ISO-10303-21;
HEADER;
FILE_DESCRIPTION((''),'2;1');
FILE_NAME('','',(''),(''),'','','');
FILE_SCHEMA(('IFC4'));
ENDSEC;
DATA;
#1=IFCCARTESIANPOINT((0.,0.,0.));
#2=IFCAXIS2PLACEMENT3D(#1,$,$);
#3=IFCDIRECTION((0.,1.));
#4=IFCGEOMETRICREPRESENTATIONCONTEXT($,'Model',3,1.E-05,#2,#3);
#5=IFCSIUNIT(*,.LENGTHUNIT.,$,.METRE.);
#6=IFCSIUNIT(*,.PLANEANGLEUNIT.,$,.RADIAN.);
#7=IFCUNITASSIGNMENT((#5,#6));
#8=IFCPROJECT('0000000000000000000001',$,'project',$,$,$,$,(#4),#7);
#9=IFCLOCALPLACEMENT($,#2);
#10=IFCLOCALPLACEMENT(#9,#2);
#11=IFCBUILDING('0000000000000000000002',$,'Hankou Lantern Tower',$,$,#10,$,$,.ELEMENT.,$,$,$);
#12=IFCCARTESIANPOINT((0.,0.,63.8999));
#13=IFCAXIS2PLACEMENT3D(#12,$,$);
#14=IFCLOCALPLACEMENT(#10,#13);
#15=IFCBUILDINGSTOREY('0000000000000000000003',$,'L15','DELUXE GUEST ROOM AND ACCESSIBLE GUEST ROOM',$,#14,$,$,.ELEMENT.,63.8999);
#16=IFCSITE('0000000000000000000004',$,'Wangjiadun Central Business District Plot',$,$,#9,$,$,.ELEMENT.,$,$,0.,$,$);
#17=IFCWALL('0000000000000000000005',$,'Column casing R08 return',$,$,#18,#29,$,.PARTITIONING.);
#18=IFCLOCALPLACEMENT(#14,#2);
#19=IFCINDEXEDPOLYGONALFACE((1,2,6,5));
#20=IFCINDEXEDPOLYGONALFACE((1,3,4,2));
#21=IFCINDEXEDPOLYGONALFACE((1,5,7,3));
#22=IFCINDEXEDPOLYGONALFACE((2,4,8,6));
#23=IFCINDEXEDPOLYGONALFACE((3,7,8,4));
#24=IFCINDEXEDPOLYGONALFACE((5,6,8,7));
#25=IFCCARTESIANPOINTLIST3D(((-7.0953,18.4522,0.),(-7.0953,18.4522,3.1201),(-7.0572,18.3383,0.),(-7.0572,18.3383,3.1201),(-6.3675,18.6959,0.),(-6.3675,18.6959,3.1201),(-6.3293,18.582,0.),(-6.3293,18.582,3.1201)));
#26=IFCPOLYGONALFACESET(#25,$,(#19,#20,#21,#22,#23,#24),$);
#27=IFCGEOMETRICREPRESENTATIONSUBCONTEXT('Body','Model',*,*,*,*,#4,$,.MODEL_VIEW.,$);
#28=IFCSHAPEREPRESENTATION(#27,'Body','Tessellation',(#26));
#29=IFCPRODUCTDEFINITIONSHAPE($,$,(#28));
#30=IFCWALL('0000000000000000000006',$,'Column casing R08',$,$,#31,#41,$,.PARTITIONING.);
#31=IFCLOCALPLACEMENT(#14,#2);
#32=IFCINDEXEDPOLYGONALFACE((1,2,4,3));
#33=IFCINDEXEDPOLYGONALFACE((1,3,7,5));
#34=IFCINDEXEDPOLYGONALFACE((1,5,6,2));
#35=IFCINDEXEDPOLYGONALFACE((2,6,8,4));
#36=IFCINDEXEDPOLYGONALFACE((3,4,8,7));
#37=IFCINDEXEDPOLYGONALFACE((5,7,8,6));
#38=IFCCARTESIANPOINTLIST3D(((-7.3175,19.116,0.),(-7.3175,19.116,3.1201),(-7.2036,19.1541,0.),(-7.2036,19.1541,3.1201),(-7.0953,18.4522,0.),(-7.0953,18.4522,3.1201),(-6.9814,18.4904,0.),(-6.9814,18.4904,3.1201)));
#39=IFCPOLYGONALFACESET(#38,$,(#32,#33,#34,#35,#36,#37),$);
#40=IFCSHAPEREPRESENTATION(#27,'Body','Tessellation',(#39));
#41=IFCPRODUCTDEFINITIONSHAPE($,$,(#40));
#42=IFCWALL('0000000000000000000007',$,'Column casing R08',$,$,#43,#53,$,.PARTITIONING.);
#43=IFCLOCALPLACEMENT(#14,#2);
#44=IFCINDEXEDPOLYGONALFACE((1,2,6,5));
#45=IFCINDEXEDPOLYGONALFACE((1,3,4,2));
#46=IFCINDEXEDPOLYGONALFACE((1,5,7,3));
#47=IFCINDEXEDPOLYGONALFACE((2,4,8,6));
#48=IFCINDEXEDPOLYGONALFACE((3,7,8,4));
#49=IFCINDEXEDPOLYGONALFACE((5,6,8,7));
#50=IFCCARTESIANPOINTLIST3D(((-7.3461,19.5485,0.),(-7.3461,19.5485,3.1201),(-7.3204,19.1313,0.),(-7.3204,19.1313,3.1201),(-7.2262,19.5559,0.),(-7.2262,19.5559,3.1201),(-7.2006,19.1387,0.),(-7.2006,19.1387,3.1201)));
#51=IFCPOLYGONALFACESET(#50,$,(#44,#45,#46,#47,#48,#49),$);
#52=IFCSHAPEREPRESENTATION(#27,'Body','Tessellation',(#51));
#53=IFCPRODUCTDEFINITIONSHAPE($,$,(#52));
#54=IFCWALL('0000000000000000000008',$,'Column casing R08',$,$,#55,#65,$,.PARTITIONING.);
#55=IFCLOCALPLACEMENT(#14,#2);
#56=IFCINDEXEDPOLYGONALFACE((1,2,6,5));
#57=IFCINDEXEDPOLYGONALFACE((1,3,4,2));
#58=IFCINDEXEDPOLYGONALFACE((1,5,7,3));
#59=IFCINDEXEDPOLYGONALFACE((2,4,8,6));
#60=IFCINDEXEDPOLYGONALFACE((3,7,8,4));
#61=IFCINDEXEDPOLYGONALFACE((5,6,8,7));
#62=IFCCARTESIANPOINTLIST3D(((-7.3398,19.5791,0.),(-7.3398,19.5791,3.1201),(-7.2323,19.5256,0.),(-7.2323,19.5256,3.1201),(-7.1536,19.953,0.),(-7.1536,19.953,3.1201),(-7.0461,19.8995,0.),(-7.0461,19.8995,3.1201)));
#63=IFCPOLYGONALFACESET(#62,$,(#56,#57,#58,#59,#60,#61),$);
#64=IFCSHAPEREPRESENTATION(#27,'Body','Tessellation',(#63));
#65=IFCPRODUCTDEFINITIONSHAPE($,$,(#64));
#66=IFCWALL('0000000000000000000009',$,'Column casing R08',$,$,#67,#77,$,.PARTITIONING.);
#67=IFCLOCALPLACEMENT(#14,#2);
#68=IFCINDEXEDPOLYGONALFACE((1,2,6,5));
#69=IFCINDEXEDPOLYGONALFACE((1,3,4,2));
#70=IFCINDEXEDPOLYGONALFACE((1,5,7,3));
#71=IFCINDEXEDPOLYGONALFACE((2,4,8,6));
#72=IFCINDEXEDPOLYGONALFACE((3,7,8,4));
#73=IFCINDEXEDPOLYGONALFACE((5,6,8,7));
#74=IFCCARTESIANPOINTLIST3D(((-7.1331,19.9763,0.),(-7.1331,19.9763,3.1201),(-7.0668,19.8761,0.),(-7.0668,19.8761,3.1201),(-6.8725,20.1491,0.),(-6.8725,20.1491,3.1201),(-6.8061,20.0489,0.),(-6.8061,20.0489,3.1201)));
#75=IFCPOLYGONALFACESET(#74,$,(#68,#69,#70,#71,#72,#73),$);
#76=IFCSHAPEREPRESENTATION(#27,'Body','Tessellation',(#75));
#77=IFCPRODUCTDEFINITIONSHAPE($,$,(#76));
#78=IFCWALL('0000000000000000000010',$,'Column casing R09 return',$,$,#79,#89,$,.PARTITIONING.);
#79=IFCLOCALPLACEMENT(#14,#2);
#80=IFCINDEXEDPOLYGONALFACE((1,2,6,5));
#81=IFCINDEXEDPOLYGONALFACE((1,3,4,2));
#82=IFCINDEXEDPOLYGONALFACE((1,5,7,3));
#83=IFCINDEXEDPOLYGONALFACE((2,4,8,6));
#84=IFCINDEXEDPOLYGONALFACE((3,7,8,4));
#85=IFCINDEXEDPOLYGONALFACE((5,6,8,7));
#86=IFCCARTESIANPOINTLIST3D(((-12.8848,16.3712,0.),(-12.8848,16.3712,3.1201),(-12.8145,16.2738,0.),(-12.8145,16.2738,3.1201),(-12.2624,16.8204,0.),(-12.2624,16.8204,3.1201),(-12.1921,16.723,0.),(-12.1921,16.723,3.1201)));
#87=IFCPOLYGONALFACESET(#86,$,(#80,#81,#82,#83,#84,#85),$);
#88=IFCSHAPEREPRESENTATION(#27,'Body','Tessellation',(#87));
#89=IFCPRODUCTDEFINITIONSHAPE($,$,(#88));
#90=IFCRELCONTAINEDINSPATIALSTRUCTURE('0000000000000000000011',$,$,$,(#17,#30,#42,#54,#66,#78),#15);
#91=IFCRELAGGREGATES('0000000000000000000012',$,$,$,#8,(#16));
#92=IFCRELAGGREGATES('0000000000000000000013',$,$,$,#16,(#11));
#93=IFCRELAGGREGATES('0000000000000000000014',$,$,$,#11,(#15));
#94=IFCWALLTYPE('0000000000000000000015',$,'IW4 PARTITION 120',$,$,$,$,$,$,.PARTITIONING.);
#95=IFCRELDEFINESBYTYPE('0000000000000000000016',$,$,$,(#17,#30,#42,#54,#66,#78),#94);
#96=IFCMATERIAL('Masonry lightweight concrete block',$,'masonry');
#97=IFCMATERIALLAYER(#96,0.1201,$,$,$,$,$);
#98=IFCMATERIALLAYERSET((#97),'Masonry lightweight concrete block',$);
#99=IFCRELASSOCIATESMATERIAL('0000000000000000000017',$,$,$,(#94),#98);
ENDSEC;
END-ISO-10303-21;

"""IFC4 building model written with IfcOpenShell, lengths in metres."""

from ifc_helpers import new_model, si_unit, direction, frame, frame_2d, origin, place, context, subcontext, project, spatial, rectangle, extrude, material, layer, layer_set, type_object, element, save


model = new_model("IFC4")

# Units and contexts
model_context = context("Model", 3, precision=1e-05, world=origin(), true_north=direction((0.0, 1.0)))
body_context = subcontext(model_context, "Body", "Model", "MODEL_VIEW")
ifc_project = project(units=[si_unit("LENGTHUNIT", "METRE"), si_unit("PLANEANGLEUNIT", "RADIAN")], contexts=[model_context])

# Site, building, storey
site_placement = place(None, origin())
site = spatial("IfcSite", under=ifc_project, at=site_placement, Name="Wangjiadun Central Business District Plot", CompositionType="ELEMENT", RefElevation=0.0)
building_placement = place(site_placement, origin())
building = spatial("IfcBuilding", under=site, at=building_placement, Name="Hankou Lantern Tower", CompositionType="ELEMENT")
storey_placement = place(building_placement, frame((0.0, 0.0, 63.8999)))
storey = spatial("IfcBuildingStorey", under=building, at=storey_placement, Name="L15", Description="DELUXE GUEST ROOM AND ACCESSIBLE GUEST ROOM", CompositionType="ELEMENT", Elevation=63.8999)

# Walls
ifc_material_1 = material(Name="Masonry lightweight concrete block", Category="masonry")
ifc_layer_1 = layer(ifc_material_1, 0.1201)
ifc_layer_set_1 = layer_set([ifc_layer_1], Name="Masonry lightweight concrete block")
wall_type_1 = type_object("IfcWallType", Name="IW4 PARTITION 120", PredefinedType="PARTITIONING", material=ifc_layer_set_1)
wall_1_placement = place(storey_placement, frame((-6.3484, 18.6389, 0.0), z_axis=(0.0, 0.0, 1.0), x_axis=(-0.948269, -0.317468, 0.0)))
element("IfcWall", 1, at=wall_1_placement, inside=storey, type_object=wall_type_1, Name="Column casing R08 return", PredefinedType="PARTITIONING", context=body_context, shape_type="SweptSolid", body=[
    extrude(rectangle(XDim=0.7676, YDim=0.1201, at=frame_2d((0.3838, 0.0))), origin(), (0.0, 0.0, 1.0), 3.1201),
])
wall_2_placement = place(storey_placement, frame((-7.0383, 18.4712, 0.0), z_axis=(0.0, 0.0, 1.0), x_axis=(-0.317378, 0.948299, 0.0)))
element("IfcWall", 2, at=wall_2_placement, inside=storey, type_object=wall_type_1, Name="Column casing R08", PredefinedType="PARTITIONING", context=body_context, shape_type="SweptSolid", body=[
    extrude(rectangle(XDim=0.7, YDim=0.1201, at=frame_2d((0.3501, 0.0))), origin(), (0.0, 0.0, 1.0), 3.1201),
])
wall_3_placement = place(storey_placement, frame((-7.2605, 19.135, 0.0), z_axis=(0.0, 0.0, 1.0), x_axis=(-0.061324, 0.998118, 0.0)))
element("IfcWall", 3, at=wall_3_placement, inside=storey, type_object=wall_type_1, Name="Column casing R08", PredefinedType="PARTITIONING", context=body_context, shape_type="SweptSolid", body=[
    extrude(rectangle(XDim=0.418, YDim=0.1201, at=frame_2d((0.209, 0.0))), origin(), (0.0, 0.0, 1.0), 3.1201),
])
wall_4_placement = place(storey_placement, frame((-7.2861, 19.5522, 0.0), z_axis=(0.0, 0.0, 1.0), x_axis=(0.445811, 0.895127, 0.0)))
element("IfcWall", 4, at=wall_4_placement, inside=storey, type_object=wall_type_1, Name="Column casing R08", PredefinedType="PARTITIONING", context=body_context, shape_type="SweptSolid", body=[
    extrude(rectangle(XDim=0.4177, YDim=0.1201, at=frame_2d((0.209, 0.0))), origin(), (0.0, 0.0, 1.0), 3.1201),
])
wall_5_placement = place(storey_placement, frame((-7.0999, 19.9263, 0.0), z_axis=(0.0, 0.0, 1.0), x_axis=(0.833488, 0.552537, 0.0)))
element("IfcWall", 5, at=wall_5_placement, inside=storey, type_object=wall_type_1, Name="Column casing R08", PredefinedType="PARTITIONING", context=body_context, shape_type="SweptSolid", body=[
    extrude(rectangle(XDim=0.3127, YDim=0.1201, at=frame_2d((0.1562, 0.0))), origin(), (0.0, 0.0, 1.0), 3.1201),
])
wall_6_placement = place(storey_placement, frame((-12.2273, 16.7717, 0.0), z_axis=(0.0, 0.0, 1.0), x_axis=(-0.810822, -0.585293, 0.0)))
element("IfcWall", 6, at=wall_6_placement, inside=storey, type_object=wall_type_1, Name="Column casing R09 return", PredefinedType="PARTITIONING", context=body_context, shape_type="SweptSolid", body=[
    extrude(rectangle(XDim=0.7676, YDim=0.1201, at=frame_2d((0.3838, 0.0))), origin(), (0.0, 0.0, 1.0), 3.1201),
])

save(model, "model.ifc")
